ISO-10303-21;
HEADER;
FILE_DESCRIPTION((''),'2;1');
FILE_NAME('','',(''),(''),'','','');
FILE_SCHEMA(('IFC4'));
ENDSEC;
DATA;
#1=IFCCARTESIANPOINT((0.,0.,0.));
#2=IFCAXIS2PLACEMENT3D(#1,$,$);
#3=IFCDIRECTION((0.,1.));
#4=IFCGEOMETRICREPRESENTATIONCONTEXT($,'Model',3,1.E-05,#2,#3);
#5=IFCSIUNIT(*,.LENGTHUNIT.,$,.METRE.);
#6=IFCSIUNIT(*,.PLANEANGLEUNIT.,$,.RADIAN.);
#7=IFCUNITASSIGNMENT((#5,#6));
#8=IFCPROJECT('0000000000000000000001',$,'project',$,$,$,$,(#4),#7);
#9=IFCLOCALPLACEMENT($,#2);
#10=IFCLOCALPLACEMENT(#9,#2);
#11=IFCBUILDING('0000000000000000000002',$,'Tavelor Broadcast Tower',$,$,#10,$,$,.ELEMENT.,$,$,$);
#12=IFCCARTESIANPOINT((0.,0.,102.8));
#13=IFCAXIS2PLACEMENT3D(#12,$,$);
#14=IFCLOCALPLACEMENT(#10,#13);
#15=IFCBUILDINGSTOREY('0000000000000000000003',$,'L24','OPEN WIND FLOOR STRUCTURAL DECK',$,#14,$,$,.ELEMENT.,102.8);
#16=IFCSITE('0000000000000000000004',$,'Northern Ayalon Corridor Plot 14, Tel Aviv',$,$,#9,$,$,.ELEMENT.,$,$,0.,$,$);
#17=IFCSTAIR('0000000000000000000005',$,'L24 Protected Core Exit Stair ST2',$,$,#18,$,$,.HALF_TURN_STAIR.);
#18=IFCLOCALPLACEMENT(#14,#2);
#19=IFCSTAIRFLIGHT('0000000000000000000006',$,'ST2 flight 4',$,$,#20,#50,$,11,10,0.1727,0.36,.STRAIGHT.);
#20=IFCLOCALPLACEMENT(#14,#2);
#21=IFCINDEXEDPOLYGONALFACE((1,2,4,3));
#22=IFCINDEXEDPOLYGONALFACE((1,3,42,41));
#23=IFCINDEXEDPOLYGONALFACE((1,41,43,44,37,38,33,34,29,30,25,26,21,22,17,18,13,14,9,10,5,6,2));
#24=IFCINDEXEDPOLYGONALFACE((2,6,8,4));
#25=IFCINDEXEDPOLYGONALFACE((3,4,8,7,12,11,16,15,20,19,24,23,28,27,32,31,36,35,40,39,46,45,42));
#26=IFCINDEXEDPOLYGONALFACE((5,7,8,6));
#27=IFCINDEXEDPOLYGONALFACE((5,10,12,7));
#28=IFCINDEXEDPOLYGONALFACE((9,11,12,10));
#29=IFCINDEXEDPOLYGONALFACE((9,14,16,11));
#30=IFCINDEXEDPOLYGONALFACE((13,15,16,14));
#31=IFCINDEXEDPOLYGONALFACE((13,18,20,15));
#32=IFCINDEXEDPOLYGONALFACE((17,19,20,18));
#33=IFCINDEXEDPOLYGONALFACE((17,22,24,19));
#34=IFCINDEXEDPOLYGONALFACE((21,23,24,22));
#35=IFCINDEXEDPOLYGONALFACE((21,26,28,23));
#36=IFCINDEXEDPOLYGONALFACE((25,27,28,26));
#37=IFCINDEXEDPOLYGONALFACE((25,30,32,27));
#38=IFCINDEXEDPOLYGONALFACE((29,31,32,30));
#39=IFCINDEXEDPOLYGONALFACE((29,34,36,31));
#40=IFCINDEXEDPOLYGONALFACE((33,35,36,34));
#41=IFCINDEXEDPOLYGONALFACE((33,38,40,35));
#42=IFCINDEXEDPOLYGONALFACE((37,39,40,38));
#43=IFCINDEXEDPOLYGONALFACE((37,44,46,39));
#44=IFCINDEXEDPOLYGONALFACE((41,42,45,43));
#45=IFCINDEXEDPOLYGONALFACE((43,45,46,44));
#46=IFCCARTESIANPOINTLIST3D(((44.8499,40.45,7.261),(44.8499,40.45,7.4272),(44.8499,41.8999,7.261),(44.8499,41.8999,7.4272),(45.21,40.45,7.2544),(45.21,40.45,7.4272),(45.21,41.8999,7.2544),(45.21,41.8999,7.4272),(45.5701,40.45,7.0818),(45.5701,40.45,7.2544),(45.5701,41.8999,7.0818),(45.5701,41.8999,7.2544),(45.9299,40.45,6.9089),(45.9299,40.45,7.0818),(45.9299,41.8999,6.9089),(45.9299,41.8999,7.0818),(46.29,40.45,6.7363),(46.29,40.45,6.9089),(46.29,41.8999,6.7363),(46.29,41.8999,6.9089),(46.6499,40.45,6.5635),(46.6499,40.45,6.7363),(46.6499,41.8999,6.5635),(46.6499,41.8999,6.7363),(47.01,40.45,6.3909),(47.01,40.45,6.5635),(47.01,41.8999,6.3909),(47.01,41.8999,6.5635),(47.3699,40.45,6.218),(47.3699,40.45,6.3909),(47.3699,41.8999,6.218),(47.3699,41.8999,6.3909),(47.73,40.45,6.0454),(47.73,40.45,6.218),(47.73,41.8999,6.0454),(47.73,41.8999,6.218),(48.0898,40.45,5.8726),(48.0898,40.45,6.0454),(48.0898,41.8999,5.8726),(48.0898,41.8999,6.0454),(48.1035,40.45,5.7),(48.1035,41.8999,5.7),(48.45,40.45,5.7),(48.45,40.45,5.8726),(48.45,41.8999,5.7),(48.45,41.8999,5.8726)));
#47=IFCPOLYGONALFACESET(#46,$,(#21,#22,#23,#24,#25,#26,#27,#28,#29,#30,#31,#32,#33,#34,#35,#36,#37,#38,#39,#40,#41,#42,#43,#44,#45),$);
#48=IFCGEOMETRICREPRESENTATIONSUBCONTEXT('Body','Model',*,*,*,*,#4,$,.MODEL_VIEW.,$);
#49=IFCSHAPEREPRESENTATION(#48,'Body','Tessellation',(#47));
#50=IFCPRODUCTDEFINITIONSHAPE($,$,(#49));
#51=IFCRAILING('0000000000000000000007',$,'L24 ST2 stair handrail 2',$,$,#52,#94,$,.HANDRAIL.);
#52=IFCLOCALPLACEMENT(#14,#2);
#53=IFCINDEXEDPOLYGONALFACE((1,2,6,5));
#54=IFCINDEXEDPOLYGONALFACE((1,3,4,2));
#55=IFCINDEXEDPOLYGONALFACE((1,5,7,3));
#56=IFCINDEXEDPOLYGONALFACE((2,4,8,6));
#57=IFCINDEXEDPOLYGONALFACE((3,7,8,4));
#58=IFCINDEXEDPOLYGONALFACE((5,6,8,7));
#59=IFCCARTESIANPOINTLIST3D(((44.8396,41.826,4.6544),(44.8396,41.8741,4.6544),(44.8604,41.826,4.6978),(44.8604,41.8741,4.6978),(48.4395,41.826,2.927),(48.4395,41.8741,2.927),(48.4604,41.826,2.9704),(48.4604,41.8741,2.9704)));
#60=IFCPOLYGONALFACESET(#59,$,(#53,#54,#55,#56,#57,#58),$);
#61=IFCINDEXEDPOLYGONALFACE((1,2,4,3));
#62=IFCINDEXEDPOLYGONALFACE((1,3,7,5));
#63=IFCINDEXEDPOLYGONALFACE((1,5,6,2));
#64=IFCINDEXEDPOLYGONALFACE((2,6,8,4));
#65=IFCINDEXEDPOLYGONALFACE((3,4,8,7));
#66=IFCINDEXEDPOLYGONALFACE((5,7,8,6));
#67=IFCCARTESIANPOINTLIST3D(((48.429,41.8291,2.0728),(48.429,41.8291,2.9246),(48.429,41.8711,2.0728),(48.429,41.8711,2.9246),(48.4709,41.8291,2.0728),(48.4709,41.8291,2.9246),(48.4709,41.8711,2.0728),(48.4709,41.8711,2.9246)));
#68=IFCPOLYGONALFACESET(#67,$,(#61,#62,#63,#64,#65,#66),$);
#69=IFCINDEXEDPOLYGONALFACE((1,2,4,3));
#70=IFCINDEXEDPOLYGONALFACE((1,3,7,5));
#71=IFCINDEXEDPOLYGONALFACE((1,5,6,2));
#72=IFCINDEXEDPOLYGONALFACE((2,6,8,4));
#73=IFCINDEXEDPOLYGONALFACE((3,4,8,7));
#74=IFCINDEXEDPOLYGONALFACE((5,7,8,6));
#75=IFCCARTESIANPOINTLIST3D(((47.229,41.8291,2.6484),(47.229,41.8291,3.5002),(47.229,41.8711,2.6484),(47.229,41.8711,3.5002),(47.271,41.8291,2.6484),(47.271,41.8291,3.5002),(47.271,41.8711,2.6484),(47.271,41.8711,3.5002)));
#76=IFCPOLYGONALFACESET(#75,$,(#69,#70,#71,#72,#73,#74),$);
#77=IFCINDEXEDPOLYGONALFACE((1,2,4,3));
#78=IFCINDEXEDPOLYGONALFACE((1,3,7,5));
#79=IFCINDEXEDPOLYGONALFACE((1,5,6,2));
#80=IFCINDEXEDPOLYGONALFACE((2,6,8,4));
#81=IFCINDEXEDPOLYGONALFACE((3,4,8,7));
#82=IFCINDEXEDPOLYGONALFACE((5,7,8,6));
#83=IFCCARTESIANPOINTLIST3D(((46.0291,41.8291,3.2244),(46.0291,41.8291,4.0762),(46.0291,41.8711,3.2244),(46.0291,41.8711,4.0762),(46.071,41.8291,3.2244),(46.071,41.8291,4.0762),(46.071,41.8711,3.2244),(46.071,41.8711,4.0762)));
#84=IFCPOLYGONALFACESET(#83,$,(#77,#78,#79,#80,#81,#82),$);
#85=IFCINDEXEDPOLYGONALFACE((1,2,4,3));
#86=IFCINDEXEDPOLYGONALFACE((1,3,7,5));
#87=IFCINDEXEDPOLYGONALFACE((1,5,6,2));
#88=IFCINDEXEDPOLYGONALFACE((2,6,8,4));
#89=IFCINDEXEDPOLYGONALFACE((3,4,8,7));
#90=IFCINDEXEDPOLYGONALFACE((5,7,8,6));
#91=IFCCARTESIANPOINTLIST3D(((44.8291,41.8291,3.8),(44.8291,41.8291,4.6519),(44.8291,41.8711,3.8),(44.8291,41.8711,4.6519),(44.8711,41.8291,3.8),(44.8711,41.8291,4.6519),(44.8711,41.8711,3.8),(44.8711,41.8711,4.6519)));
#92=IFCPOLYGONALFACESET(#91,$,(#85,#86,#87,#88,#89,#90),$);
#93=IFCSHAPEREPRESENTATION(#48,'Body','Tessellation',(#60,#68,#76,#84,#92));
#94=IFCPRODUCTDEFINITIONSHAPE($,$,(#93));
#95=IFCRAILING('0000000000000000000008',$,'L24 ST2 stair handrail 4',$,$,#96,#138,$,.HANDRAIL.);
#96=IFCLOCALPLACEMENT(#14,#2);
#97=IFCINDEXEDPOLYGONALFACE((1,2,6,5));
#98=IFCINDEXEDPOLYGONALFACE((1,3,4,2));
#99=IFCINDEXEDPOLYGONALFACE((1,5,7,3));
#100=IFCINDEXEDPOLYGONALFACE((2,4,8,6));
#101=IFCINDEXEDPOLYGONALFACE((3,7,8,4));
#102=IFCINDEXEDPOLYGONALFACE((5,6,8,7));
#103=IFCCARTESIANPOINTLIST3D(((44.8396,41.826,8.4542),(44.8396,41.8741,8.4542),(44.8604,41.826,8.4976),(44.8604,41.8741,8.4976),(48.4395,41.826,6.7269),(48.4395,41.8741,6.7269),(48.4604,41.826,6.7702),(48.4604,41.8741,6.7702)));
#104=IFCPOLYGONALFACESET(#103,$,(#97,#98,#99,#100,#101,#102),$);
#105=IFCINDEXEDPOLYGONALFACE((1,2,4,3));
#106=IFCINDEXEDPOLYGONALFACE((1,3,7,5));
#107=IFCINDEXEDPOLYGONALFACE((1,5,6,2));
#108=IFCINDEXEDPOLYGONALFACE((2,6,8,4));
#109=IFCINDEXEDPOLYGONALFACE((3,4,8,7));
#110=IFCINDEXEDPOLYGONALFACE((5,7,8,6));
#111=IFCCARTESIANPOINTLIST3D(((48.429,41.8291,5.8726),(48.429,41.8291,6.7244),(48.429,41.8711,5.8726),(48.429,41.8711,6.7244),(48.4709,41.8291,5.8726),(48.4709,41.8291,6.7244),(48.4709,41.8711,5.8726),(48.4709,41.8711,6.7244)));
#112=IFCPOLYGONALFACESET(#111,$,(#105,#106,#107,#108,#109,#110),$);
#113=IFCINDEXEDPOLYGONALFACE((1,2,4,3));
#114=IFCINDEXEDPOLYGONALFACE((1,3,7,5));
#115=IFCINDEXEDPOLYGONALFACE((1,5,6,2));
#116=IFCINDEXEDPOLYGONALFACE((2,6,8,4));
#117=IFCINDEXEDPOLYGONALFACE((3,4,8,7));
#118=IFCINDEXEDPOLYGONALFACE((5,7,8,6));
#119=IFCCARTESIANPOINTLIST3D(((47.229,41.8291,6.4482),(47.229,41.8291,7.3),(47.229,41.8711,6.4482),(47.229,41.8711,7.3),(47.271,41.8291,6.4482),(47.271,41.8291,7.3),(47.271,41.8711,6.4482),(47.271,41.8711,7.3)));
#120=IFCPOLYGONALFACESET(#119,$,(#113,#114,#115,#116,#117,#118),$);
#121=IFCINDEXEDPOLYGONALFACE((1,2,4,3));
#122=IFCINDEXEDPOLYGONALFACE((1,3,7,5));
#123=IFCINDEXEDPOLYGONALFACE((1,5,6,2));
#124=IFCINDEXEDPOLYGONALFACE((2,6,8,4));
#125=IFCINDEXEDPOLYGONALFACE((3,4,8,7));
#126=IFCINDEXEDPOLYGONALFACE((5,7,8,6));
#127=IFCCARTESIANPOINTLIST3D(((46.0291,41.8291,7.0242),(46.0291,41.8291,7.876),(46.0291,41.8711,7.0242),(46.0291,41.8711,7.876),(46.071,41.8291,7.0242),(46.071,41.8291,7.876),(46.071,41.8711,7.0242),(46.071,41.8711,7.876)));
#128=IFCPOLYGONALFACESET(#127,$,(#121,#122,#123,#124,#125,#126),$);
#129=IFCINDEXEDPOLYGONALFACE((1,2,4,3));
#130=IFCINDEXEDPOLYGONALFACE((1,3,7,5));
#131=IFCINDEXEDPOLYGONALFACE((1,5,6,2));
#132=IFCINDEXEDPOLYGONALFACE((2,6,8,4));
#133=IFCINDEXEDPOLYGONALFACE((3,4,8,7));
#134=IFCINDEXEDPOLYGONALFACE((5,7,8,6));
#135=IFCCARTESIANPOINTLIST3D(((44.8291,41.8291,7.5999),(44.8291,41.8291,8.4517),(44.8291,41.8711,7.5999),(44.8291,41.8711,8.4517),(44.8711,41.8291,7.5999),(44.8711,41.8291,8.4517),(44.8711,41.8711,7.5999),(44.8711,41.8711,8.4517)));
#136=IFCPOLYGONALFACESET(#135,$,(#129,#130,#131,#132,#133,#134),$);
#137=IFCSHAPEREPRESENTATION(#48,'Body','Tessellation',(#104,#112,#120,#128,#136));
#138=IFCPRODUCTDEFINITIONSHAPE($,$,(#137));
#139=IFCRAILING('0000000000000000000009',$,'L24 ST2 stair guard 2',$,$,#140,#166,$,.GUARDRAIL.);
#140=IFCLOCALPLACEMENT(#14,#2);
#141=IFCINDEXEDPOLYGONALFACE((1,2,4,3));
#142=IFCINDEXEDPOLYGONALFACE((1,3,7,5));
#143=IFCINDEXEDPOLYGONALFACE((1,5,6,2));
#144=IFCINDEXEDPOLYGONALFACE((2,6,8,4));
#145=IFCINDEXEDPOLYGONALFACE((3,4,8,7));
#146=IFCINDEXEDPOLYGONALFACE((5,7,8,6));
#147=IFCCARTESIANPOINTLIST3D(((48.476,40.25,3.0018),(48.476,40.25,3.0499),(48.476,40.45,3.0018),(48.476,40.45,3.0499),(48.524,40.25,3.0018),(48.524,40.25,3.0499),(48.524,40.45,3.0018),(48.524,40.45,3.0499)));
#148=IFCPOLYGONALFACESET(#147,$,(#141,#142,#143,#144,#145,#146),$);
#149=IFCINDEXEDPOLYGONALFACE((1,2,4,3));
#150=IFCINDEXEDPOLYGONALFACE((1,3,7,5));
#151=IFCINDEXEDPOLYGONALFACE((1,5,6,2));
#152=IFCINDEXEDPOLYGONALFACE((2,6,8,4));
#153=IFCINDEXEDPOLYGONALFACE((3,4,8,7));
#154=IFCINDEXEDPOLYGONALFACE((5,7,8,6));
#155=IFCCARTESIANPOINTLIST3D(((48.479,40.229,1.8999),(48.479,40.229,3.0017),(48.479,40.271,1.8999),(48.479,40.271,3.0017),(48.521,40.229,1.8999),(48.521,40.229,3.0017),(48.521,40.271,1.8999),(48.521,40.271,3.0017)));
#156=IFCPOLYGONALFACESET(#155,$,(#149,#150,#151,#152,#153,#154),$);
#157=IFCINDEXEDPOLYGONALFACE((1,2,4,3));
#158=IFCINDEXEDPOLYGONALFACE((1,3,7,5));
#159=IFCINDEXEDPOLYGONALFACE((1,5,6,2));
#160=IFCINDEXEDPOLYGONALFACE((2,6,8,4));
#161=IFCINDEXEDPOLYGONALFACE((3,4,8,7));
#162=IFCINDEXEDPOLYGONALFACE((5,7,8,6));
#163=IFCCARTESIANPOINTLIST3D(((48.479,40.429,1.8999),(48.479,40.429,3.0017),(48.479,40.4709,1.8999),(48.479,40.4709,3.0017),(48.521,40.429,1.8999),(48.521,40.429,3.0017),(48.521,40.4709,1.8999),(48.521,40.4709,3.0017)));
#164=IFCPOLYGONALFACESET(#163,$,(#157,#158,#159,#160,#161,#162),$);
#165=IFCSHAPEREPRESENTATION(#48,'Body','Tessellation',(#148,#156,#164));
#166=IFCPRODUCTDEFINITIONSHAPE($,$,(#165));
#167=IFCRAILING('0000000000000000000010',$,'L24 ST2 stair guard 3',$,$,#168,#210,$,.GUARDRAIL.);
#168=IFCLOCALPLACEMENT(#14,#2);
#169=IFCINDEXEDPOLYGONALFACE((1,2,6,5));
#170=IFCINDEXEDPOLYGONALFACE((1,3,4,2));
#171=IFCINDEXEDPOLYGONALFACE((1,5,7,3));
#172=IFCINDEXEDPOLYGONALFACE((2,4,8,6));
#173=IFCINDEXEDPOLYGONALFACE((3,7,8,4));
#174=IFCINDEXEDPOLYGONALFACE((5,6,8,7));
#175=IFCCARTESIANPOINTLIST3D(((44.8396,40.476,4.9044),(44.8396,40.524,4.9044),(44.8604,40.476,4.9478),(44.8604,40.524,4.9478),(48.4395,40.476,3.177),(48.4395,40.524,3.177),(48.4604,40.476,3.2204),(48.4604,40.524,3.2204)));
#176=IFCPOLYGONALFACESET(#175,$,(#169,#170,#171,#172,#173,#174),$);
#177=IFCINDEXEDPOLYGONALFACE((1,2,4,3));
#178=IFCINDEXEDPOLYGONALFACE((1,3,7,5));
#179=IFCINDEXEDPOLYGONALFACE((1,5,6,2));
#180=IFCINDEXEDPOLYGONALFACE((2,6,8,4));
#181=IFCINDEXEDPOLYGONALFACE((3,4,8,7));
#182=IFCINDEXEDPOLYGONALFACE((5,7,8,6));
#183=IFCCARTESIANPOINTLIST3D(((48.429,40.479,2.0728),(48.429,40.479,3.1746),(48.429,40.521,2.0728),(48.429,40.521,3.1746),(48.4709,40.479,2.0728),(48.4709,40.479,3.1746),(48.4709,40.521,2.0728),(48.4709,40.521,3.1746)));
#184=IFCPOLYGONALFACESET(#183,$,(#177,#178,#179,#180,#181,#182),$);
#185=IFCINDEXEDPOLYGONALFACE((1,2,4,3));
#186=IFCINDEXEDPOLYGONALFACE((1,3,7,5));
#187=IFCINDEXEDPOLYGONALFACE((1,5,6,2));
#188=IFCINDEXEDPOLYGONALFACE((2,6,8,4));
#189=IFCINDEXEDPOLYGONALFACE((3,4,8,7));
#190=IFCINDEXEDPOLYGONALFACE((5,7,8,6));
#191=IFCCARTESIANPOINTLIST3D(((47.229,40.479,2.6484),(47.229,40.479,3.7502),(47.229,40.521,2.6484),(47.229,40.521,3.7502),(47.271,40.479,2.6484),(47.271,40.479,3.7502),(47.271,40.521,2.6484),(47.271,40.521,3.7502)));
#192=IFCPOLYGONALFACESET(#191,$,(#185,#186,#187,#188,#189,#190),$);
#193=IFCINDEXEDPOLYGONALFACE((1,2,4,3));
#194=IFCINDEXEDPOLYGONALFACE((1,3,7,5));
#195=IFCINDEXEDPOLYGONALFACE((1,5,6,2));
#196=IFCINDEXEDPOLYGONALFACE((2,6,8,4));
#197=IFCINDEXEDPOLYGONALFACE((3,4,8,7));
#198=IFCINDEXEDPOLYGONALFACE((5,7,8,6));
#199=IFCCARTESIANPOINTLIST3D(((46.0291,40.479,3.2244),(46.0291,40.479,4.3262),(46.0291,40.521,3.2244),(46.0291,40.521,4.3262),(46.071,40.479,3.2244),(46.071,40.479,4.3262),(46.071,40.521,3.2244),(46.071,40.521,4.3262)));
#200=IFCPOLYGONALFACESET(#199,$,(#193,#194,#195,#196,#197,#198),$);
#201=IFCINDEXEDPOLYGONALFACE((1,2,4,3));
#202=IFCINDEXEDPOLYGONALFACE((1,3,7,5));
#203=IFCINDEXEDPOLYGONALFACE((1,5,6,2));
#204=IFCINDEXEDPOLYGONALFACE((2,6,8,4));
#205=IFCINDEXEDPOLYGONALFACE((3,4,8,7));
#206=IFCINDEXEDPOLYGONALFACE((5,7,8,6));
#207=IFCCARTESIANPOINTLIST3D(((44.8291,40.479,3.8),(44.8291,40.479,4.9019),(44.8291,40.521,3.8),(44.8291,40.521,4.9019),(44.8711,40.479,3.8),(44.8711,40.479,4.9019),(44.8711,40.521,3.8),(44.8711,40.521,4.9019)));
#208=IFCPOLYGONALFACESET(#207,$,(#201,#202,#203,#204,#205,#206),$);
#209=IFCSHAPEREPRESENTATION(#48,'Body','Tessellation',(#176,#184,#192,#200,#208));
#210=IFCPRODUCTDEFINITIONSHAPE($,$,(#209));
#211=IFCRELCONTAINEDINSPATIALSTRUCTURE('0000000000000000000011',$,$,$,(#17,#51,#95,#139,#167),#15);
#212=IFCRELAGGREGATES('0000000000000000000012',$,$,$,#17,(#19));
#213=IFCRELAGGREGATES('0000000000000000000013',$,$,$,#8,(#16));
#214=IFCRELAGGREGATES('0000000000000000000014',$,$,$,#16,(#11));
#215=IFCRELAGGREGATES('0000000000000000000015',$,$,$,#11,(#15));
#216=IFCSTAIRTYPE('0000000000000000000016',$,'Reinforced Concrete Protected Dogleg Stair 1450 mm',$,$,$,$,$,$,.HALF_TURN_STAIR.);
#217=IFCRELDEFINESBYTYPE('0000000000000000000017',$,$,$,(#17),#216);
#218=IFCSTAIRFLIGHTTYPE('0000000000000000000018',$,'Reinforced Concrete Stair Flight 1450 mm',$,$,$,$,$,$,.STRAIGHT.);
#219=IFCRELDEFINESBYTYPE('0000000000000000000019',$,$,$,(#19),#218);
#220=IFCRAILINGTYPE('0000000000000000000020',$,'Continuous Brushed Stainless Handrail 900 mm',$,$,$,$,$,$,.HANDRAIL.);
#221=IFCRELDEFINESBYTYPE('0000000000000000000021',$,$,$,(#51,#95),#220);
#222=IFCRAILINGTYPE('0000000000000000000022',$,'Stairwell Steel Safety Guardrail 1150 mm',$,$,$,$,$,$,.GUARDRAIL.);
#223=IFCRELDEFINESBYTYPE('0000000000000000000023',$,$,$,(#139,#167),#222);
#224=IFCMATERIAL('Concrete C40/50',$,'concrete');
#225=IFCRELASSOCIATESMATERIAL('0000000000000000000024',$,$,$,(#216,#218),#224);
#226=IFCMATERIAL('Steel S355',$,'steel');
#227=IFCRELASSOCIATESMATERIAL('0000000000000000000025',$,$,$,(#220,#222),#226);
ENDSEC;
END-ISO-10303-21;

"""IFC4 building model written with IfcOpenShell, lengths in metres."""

from ifc_helpers import new_model, si_unit, direction, frame, origin, origin_2d, place, context, subcontext, project, spatial, polyline, rectangle, outline, extrude, material, type_object, element, aggregate, save


model = new_model("IFC4")

# Units and contexts
model_context = context("Model", 3, precision=1e-05, world=origin(), true_north=direction((0.0, 1.0)))
body_context = subcontext(model_context, "Body", "Model", "MODEL_VIEW")
ifc_project = project(units=[si_unit("LENGTHUNIT", "METRE"), si_unit("PLANEANGLEUNIT", "RADIAN")], contexts=[model_context])

# Site, building, storey
site_placement = place(None, origin())
site = spatial("IfcSite", under=ifc_project, at=site_placement, Name="Northern Ayalon Corridor Plot 14, Tel Aviv", CompositionType="ELEMENT", RefElevation=0.0)
building_placement = place(site_placement, origin())
building = spatial("IfcBuilding", under=site, at=building_placement, Name="Tavelor Broadcast Tower", CompositionType="ELEMENT")
storey_placement = place(building_placement, frame((0.0, 0.0, 102.8)))
storey = spatial("IfcBuildingStorey", under=building, at=storey_placement, Name="L24", Description="OPEN WIND FLOOR STRUCTURAL DECK", CompositionType="ELEMENT", Elevation=102.8)

# Shared definitions
ifc_material_1 = material(Name="Concrete C40/50", Category="concrete")
ifc_material_2 = material(Name="Steel S355", Category="steel")

# Stair, stair flight
stair_type = type_object("IfcStairType", Name="Reinforced Concrete Protected Dogleg Stair 1450 mm", PredefinedType="HALF_TURN_STAIR", material=ifc_material_1)
stair_placement = place(storey_placement, origin())
stair = element("IfcStair", 1, at=stair_placement, inside=storey, type_object=stair_type, Name="L24 Protected Core Exit Stair ST2", PredefinedType="HALF_TURN_STAIR")
stair_flight_type = type_object("IfcStairFlightType", Name="Reinforced Concrete Stair Flight 1450 mm", PredefinedType="STRAIGHT", material=ifc_material_1)
stair_flight_1_placement = place(storey_placement, frame((48.45, 41.175, 5.7), z_axis=(0.0, 0.0, 1.0), x_axis=(-1.0, 0.0, 0.0)))
stair_flight_1 = element("IfcStairFlight", 2, at=stair_flight_1_placement, type_object=stair_flight_type, Name="ST2 flight 4", NumberOfRisers=11, NumberOfTreads=10, PredefinedType="STRAIGHT", RiserHeight=0.1727, TreadLength=0.36, context=body_context, shape_type="SweptSolid", body=[
    extrude(outline(polyline([(0.0, 0.0), (0.0, 0.1726), (0.3601, 0.1726), (0.3601, 0.3455), (0.72, 0.3455), (0.72, 0.5181), (1.0801, 0.5181), (1.0801, 0.6909), (1.4399, 0.6909), (1.4399, 0.8635), (1.8, 0.8635), (1.8, 1.0364), (2.1599, 1.0364), (2.1599, 1.209), (2.52, 1.209), (2.52, 1.3818), (2.8799, 1.3818), (2.8799, 1.5544), (3.24, 1.5544), (3.24, 1.7273), (3.6001, 1.7273), (3.6001, 1.8999), (3.6001, 1.561), (0.3464, 0.0), (0.0, 0.0)])), frame((0.0, 0.7251, 0.0), z_axis=(0.0, -1.0, 0.0), x_axis=(1.0, 0.0, 0.0)), (0.0, 0.0, 1.0), 1.45),
])
aggregate(stair, [stair_flight_1])

# Railings
railing_type_1 = type_object("IfcRailingType", Name="Continuous Brushed Stainless Handrail 900 mm", PredefinedType="HANDRAIL", material=ifc_material_2)
for number, where, name in (
    (3, (48.45, 41.8501, 2.0728), "L24 ST2 stair handrail 2"),
    (4, (48.45, 41.8501, 5.8726), "L24 ST2 stair handrail 4"),
):
    element("IfcRailing", number, at=place(storey_placement, frame(where)), inside=storey, type_object=railing_type_1, Name=name, PredefinedType="HANDRAIL", context=body_context, shape_type="SweptSolid", body=[
        extrude(rectangle(XDim=0.0481, YDim=0.0481, at=origin_2d()), frame((0.0, 0.0, 0.876), z_axis=(-0.901585, 0.0, 0.432602), x_axis=(0.0, -1.0, 0.0)), (0.0, 0.0, 1.0), 3.9929),
        extrude(rectangle(XDim=0.042, YDim=0.042, at=origin_2d()), origin(), (0.0, 0.0, 1.0), 0.8518),
        extrude(rectangle(XDim=0.042, YDim=0.042, at=origin_2d()), frame((-1.2, 0.0, 0.5757)), (0.0, 0.0, 1.0), 0.8518),
        extrude(rectangle(XDim=0.042, YDim=0.042, at=origin_2d()), frame((-2.3999, 0.0, 1.1516)), (0.0, 0.0, 1.0), 0.8518),
        extrude(rectangle(XDim=0.042, YDim=0.042, at=origin_2d()), frame((-3.5999, 0.0, 1.7273)), (0.0, 0.0, 1.0), 0.8518),
    ])
railing_type_2 = type_object("IfcRailingType", Name="Stairwell Steel Safety Guardrail 1150 mm", PredefinedType="GUARDRAIL", material=ifc_material_2)
railing_1_placement = place(storey_placement, frame((48.5, 40.25, 1.8999)))
element("IfcRailing", 5, at=railing_1_placement, inside=storey, type_object=railing_type_2, Name="L24 ST2 stair guard 2", PredefinedType="GUARDRAIL", context=body_context, shape_type="SweptSolid", body=[
    extrude(rectangle(XDim=0.0481, YDim=0.0481, at=origin_2d()), frame((0.0, 0.0, 1.126), z_axis=(0.0, 1.0, 0.0), x_axis=(-1.0, 0.0, 0.0)), (0.0, 0.0, 1.0), 0.2),
    extrude(rectangle(XDim=0.042, YDim=0.042, at=origin_2d()), origin(), (0.0, 0.0, 1.0), 1.1018),
    extrude(rectangle(XDim=0.042, YDim=0.042, at=origin_2d()), frame((0.0, 0.2, 0.0)), (0.0, 0.0, 1.0), 1.1018),
])
railing_2_placement = place(storey_placement, frame((48.45, 40.5, 2.0728)))
element("IfcRailing", 6, at=railing_2_placement, inside=storey, type_object=railing_type_2, Name="L24 ST2 stair guard 3", PredefinedType="GUARDRAIL", context=body_context, shape_type="SweptSolid", body=[
    extrude(rectangle(XDim=0.0481, YDim=0.0481, at=origin_2d()), frame((0.0, 0.0, 1.126), z_axis=(-0.901585, 0.0, 0.432602), x_axis=(0.0, -1.0, 0.0)), (0.0, 0.0, 1.0), 3.9929),
    extrude(rectangle(XDim=0.042, YDim=0.042, at=origin_2d()), origin(), (0.0, 0.0, 1.0), 1.1018),
    extrude(rectangle(XDim=0.042, YDim=0.042, at=origin_2d()), frame((-1.2, 0.0, 0.5757)), (0.0, 0.0, 1.0), 1.1018),
    extrude(rectangle(XDim=0.042, YDim=0.042, at=origin_2d()), frame((-2.3999, 0.0, 1.1516)), (0.0, 0.0, 1.0), 1.1018),
    extrude(rectangle(XDim=0.042, YDim=0.042, at=origin_2d()), frame((-3.5999, 0.0, 1.7273)), (0.0, 0.0, 1.0), 1.1018),
])

save(model, "model.ifc")
